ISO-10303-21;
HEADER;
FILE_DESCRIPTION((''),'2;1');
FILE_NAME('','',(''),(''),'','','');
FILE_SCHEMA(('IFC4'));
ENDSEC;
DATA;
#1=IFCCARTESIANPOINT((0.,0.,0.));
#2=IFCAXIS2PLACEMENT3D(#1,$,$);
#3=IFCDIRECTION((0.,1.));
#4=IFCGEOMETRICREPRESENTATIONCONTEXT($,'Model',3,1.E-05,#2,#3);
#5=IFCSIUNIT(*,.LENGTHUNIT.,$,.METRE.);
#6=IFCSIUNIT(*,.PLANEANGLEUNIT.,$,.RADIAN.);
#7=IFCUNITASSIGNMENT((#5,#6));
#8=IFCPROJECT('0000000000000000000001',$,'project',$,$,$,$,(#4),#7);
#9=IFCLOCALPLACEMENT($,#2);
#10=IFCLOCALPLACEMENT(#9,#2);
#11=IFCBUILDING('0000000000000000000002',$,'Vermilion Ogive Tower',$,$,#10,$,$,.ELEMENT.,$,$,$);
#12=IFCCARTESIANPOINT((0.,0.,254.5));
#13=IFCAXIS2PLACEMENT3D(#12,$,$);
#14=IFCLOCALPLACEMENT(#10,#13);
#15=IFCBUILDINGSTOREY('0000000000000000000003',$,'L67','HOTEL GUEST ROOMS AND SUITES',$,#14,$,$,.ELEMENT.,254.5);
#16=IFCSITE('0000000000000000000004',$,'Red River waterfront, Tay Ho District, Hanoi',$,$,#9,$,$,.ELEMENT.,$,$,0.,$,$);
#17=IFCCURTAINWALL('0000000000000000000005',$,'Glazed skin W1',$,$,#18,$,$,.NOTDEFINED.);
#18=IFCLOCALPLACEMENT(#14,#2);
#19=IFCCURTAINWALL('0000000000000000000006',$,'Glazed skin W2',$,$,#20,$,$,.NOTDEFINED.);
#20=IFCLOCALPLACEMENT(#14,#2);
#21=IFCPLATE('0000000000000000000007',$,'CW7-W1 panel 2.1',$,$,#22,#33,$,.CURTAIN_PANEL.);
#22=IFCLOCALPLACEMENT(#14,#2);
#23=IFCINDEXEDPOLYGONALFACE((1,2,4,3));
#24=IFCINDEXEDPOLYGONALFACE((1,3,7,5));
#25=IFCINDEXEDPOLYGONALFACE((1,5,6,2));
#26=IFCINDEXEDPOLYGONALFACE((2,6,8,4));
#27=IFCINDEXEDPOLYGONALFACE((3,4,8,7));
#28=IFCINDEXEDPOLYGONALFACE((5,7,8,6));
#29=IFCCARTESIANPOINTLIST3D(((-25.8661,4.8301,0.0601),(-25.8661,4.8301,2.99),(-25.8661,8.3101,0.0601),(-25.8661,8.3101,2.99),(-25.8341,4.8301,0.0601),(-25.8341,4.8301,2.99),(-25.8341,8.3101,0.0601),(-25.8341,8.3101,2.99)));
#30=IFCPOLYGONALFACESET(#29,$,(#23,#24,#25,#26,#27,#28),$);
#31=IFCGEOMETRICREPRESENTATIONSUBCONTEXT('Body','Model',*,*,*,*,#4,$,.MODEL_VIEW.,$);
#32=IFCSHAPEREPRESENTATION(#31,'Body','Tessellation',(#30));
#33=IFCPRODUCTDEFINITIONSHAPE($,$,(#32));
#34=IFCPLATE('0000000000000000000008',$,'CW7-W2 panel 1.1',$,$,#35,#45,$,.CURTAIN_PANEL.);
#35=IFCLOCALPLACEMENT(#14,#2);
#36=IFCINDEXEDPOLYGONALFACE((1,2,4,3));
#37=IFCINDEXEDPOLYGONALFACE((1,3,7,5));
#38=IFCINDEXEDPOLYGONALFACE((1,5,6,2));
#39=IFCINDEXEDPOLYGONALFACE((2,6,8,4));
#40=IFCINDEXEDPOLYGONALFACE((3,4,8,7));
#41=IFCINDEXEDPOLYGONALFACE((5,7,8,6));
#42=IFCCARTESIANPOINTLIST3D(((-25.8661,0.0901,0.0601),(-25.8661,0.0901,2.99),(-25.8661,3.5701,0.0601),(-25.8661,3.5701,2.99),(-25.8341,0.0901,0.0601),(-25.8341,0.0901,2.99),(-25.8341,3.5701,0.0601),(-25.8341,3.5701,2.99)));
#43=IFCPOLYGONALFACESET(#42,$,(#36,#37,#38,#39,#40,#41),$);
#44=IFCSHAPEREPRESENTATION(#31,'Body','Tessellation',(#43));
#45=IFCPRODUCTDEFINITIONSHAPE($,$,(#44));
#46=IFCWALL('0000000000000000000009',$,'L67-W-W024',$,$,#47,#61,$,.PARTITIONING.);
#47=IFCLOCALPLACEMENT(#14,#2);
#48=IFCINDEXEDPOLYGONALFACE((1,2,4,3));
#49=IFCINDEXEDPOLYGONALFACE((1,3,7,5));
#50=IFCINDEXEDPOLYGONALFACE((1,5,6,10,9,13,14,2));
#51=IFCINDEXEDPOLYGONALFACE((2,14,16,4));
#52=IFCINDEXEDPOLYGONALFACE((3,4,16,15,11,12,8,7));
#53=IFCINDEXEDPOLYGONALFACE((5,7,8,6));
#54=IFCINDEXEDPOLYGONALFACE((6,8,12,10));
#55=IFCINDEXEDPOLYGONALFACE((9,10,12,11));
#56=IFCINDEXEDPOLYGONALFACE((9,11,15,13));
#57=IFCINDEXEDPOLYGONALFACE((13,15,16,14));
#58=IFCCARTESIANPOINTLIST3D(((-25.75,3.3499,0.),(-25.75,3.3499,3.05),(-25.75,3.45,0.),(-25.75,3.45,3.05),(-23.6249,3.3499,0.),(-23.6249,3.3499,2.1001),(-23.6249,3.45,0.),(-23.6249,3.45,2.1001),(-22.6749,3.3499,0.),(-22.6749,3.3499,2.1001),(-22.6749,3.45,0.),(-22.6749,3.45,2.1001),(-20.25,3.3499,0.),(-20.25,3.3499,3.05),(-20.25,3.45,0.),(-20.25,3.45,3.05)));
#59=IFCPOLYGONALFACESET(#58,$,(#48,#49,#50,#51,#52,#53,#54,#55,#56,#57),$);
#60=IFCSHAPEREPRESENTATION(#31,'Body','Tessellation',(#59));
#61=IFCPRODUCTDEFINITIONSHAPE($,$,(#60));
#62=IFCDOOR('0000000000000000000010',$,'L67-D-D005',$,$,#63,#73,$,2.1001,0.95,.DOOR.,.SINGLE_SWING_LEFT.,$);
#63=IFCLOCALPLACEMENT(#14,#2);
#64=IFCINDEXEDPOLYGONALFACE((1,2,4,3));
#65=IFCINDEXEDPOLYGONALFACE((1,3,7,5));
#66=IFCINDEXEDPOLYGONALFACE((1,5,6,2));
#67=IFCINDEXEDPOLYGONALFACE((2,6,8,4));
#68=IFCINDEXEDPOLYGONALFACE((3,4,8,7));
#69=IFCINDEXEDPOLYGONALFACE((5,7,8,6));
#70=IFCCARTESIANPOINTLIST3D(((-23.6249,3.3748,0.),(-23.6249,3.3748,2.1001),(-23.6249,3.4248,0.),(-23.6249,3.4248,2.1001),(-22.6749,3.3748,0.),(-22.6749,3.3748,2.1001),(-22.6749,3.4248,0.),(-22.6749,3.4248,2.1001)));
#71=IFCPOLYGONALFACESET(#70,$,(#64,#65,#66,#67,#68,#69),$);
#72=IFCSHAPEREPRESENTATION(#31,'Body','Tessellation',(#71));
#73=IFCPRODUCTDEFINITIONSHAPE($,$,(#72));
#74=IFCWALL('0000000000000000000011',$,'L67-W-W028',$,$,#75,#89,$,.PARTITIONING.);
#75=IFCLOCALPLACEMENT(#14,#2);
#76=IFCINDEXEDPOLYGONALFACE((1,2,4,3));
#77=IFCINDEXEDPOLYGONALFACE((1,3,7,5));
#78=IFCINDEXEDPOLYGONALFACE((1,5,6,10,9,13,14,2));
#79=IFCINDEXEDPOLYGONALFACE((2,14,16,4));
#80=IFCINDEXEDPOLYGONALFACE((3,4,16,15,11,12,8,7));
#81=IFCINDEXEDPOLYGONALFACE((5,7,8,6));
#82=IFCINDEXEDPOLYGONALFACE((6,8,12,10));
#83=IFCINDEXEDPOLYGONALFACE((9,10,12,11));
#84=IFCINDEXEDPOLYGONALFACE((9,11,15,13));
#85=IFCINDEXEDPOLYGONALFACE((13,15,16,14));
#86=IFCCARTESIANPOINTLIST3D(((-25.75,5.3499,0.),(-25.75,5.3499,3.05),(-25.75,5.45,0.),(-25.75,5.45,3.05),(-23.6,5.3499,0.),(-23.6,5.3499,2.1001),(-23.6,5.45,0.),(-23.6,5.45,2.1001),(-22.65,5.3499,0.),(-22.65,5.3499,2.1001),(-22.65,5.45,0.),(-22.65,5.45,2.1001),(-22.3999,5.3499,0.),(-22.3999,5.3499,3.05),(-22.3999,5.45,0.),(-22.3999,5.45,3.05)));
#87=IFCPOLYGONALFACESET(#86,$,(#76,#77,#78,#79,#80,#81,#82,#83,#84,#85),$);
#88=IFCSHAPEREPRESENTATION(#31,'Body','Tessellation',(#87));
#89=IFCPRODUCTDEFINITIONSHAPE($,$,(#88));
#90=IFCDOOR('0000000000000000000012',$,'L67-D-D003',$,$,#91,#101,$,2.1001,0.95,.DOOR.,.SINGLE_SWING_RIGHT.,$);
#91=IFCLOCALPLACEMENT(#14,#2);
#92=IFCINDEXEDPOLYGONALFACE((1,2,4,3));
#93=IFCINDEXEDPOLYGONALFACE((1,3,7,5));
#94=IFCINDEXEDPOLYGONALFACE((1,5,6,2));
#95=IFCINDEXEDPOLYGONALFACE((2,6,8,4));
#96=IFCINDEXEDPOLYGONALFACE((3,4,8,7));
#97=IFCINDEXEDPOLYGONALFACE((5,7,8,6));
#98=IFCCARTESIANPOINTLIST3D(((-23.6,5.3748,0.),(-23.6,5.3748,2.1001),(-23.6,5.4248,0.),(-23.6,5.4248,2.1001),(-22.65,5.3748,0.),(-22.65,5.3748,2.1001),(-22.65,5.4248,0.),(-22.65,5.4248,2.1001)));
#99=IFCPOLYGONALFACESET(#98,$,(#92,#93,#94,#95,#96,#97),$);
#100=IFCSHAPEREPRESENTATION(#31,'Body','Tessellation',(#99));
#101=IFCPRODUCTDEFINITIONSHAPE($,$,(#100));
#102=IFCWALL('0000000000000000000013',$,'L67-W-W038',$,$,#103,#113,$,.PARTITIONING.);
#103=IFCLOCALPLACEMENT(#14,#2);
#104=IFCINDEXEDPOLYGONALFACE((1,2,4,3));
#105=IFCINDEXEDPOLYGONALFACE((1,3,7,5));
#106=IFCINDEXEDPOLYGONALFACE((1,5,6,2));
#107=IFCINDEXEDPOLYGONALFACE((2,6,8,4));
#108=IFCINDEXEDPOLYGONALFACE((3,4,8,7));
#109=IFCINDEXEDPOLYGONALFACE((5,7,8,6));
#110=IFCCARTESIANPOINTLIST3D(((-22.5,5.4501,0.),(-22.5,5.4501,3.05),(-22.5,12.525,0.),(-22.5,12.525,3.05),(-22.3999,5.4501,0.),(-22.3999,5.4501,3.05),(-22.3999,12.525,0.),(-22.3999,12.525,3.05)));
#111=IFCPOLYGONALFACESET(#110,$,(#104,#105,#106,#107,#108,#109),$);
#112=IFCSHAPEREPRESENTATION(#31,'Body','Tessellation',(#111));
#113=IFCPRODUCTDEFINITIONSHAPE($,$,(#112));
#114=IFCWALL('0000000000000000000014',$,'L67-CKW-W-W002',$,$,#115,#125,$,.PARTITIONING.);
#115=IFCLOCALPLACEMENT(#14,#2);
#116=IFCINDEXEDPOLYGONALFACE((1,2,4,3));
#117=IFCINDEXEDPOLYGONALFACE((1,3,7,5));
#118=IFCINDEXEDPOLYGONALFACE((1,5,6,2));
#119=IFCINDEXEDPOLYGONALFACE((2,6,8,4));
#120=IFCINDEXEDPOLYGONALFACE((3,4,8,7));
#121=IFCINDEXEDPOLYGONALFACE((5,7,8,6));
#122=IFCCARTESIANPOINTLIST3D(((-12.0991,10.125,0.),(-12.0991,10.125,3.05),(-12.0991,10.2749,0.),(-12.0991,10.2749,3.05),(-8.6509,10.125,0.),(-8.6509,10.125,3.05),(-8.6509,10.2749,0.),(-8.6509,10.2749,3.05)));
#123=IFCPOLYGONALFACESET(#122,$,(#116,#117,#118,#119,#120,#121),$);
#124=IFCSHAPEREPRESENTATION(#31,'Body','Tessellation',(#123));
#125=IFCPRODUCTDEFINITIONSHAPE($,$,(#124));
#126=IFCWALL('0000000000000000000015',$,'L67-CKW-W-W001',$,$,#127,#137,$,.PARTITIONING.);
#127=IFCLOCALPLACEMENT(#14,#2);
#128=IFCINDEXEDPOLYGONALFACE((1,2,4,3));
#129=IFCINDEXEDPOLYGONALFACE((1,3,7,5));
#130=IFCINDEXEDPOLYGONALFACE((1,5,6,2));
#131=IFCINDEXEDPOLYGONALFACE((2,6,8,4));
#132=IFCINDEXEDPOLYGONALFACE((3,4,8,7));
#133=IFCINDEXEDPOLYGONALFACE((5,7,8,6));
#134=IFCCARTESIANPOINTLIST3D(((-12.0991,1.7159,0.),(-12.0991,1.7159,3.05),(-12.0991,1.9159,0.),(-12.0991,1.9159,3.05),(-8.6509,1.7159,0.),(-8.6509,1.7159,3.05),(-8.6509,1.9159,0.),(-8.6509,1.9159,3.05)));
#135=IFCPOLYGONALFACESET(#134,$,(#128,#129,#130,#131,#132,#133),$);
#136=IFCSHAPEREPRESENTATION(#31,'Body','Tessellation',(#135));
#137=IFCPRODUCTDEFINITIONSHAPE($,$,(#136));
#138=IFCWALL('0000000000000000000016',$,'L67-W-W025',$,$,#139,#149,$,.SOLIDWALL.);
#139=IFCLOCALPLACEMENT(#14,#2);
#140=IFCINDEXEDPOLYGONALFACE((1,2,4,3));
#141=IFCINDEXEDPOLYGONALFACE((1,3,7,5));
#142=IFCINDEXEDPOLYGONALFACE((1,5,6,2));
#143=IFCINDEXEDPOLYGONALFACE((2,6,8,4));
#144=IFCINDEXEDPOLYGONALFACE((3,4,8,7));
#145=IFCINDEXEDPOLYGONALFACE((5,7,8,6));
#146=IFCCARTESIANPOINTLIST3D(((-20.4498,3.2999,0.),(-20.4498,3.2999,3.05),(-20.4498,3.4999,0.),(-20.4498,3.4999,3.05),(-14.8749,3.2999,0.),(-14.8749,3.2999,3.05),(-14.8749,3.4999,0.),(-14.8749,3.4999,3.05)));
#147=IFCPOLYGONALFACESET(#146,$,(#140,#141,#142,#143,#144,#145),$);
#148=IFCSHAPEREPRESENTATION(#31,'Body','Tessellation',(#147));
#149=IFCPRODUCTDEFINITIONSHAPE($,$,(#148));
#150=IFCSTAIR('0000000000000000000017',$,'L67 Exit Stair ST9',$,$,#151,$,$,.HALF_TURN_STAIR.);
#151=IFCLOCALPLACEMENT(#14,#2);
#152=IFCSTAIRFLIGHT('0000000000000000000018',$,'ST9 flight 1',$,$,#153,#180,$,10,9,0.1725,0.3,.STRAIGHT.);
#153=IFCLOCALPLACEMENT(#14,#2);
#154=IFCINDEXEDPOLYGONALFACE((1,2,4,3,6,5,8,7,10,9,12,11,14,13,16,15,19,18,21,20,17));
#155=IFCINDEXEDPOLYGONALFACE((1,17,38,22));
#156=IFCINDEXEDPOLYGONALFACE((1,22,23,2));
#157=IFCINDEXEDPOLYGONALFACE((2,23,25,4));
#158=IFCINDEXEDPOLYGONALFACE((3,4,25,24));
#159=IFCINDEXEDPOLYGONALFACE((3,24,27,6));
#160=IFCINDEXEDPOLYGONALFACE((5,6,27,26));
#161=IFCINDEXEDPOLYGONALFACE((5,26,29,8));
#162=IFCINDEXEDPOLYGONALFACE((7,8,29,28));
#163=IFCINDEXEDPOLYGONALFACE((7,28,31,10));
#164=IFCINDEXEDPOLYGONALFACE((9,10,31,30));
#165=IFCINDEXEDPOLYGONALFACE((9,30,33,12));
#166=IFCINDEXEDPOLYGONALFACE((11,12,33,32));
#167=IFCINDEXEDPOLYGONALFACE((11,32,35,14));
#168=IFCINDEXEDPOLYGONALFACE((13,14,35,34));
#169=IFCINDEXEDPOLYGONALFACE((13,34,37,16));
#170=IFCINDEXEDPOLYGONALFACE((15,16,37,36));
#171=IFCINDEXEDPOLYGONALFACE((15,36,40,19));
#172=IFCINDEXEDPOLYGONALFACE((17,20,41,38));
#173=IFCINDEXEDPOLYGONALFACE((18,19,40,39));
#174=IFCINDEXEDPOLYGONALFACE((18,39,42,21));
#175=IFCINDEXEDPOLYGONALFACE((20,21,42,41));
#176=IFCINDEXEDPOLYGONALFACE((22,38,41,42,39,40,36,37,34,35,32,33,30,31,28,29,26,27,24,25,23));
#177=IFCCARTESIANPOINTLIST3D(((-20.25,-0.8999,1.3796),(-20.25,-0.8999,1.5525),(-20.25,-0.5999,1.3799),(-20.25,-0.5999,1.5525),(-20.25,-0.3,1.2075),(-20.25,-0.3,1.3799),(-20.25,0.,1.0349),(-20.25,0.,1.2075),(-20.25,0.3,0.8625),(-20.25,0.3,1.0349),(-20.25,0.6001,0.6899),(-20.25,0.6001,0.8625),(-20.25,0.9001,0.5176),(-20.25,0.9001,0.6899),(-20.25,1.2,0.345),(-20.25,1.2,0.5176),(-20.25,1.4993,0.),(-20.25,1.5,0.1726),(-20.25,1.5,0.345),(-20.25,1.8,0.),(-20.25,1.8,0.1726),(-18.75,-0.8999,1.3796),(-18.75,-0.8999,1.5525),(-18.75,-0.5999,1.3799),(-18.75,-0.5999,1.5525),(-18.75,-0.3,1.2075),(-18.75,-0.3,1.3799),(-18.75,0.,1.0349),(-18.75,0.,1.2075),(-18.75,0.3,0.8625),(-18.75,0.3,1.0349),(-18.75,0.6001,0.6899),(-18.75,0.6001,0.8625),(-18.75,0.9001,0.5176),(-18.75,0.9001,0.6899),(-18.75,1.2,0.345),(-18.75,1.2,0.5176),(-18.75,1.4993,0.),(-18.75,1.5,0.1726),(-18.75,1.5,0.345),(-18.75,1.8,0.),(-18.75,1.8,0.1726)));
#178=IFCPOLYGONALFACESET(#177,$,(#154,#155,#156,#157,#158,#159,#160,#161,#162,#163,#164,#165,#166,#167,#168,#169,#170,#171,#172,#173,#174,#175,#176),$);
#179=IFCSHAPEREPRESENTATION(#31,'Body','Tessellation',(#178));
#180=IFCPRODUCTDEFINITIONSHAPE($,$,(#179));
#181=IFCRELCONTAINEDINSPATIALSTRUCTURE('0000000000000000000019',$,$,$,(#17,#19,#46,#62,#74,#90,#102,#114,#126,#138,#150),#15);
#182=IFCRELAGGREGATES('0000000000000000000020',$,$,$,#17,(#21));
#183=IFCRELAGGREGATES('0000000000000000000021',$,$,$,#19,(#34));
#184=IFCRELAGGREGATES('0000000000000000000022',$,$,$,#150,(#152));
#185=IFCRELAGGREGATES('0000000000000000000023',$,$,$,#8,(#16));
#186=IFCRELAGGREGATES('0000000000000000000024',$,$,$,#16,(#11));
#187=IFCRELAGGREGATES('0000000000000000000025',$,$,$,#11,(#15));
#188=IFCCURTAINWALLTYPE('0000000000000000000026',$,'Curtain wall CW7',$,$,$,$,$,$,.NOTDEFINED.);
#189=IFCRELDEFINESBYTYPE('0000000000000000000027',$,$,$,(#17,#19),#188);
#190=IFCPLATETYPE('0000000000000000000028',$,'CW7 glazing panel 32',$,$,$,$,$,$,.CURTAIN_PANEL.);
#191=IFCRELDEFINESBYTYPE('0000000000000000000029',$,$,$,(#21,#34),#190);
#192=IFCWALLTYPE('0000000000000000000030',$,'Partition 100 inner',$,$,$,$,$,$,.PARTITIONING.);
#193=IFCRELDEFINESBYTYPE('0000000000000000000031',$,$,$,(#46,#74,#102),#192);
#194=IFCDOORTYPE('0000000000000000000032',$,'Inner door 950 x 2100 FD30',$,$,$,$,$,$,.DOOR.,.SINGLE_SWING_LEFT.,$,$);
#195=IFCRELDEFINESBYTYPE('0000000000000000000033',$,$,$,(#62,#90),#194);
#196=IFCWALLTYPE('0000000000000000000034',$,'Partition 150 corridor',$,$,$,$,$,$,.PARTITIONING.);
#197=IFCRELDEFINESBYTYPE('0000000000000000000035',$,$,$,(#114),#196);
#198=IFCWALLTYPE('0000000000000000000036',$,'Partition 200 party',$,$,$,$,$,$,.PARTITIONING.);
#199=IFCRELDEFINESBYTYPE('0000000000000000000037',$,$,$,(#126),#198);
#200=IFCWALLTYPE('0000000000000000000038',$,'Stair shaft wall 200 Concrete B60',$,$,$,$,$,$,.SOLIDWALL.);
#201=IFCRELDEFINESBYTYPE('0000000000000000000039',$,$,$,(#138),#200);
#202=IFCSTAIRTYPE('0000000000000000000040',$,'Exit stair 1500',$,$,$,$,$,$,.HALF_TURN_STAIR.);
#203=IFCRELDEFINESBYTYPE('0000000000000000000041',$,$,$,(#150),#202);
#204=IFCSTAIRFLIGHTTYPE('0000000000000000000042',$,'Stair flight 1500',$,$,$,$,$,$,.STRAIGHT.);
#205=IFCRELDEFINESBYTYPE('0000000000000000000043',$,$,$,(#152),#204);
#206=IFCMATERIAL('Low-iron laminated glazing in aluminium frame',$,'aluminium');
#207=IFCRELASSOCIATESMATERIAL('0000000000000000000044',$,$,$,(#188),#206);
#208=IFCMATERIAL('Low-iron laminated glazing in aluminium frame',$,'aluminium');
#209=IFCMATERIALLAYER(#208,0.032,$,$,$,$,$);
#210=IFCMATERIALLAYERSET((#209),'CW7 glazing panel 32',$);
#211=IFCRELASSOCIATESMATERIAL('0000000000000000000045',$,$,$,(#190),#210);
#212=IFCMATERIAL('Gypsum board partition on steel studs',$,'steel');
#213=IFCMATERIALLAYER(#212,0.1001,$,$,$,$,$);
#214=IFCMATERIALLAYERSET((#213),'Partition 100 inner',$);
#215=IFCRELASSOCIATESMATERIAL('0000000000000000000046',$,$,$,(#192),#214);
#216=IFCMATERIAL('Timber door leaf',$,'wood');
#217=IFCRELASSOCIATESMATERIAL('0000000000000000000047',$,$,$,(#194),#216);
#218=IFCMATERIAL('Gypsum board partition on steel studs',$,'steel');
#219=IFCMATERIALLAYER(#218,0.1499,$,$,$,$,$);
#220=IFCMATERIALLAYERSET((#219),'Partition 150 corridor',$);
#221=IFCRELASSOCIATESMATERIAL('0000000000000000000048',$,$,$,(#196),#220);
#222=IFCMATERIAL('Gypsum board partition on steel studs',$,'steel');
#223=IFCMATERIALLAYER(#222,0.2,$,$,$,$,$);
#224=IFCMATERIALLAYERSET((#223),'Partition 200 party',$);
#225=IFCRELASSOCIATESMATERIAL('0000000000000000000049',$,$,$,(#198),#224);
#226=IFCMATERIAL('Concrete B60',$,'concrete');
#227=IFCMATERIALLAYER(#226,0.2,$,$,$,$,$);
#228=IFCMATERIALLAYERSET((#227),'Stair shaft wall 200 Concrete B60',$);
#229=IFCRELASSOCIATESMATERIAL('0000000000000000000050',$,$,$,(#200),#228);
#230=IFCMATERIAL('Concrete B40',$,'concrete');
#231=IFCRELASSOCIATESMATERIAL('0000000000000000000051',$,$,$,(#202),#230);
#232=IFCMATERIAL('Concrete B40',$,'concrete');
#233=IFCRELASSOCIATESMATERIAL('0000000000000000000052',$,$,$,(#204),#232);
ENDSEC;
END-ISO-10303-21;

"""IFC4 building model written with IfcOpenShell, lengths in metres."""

from ifc_helpers import new_model, si_unit, direction, frame, frame_2d, origin, origin_2d, place, context, subcontext, project, spatial, polyline, rectangle, outline, extrude, material, layer, layer_set, type_object, element, fill, aggregate, save


model = new_model("IFC4")

# Units and contexts
model_context = context("Model", 3, precision=1e-05, world=origin(), true_north=direction((0.0, 1.0)))
body_context = subcontext(model_context, "Body", "Model", "MODEL_VIEW")
ifc_project = project(units=[si_unit("LENGTHUNIT", "METRE"), si_unit("PLANEANGLEUNIT", "RADIAN")], contexts=[model_context])

# Site, building, storey
site_placement = place(None, origin())
site = spatial("IfcSite", under=ifc_project, at=site_placement, Name="Red River waterfront, Tay Ho District, Hanoi", CompositionType="ELEMENT", RefElevation=0.0)
building_placement = place(site_placement, origin())
building = spatial("IfcBuilding", under=site, at=building_placement, Name="Vermilion Ogive Tower", CompositionType="ELEMENT")
storey_placement = place(building_placement, frame((0.0, 0.0, 254.5)))
storey = spatial("IfcBuildingStorey", under=building, at=storey_placement, Name="L67", Description="HOTEL GUEST ROOMS AND SUITES", CompositionType="ELEMENT", Elevation=254.5)

# Curtain wall
ifc_material_1 = material(Name="Low-iron laminated glazing in aluminium frame", Category="aluminium")
curtain_wall_type = type_object("IfcCurtainWallType", Name="Curtain wall CW7", PredefinedType="NOTDEFINED", material=ifc_material_1)
curtain_wall_1_placement = place(storey_placement, origin())
curtain_wall_1 = element("IfcCurtainWall", 1, at=curtain_wall_1_placement, inside=storey, type_object=curtain_wall_type, Name="Glazed skin W1", PredefinedType="NOTDEFINED")

# Curtain wall
curtain_wall_2_placement = place(storey_placement, origin())
curtain_wall_2 = element("IfcCurtainWall", 2, at=curtain_wall_2_placement, inside=storey, type_object=curtain_wall_type, Name="Glazed skin W2", PredefinedType="NOTDEFINED")

# Plates
ifc_material_2 = material(Name="Low-iron laminated glazing in aluminium frame", Category="aluminium")
ifc_layer_1 = layer(ifc_material_2, 0.032)
ifc_layer_set_1 = layer_set([ifc_layer_1], Name="CW7 glazing panel 32")
plate_type = type_object("IfcPlateType", Name="CW7 glazing panel 32", PredefinedType="CURTAIN_PANEL", material=ifc_layer_set_1)
plate_1_placement = place(storey_placement, frame((-25.8501, 6.5701, 0.0601), z_axis=(0.0, 0.0, 1.0), x_axis=(0.0, -1.0, 0.0)))
plate_1 = element("IfcPlate", 3, at=plate_1_placement, type_object=plate_type, Name="CW7-W1 panel 2.1", PredefinedType="CURTAIN_PANEL", context=body_context, shape_type="SweptSolid", body=[
    extrude(rectangle(XDim=3.48, YDim=0.032, at=origin_2d()), origin(), (0.0, 0.0, 1.0), 2.9299),
])
aggregate(curtain_wall_1, [plate_1])
plate_2_placement = place(storey_placement, frame((-25.8501, 1.8301, 0.0601), z_axis=(0.0, 0.0, 1.0), x_axis=(0.0, -1.0, 0.0)))
plate_2 = element("IfcPlate", 4, at=plate_2_placement, type_object=plate_type, Name="CW7-W2 panel 1.1", PredefinedType="CURTAIN_PANEL", context=body_context, shape_type="SweptSolid", body=[
    extrude(rectangle(XDim=3.48, YDim=0.032, at=origin_2d()), origin(), (0.0, 0.0, 1.0), 2.9299),
])
aggregate(curtain_wall_2, [plate_2])

# Walls, openings, doors
ifc_material_3 = material(Name="Gypsum board partition on steel studs", Category="steel")
ifc_layer_2 = layer(ifc_material_3, 0.1001)
ifc_layer_set_2 = layer_set([ifc_layer_2], Name="Partition 100 inner")
wall_type_1 = type_object("IfcWallType", Name="Partition 100 inner", PredefinedType="PARTITIONING", material=ifc_layer_set_2)
wall_1_placement = place(storey_placement, frame((-25.75, 3.3999, 0.0), z_axis=(0.0, 0.0, 1.0), x_axis=(1.0, 0.0, 0.0)))
wall_1 = element("IfcWall", 5, at=wall_1_placement, inside=storey, type_object=wall_type_1, Name="L67-W-W024", PredefinedType="PARTITIONING", context=body_context, shape_type="SweptSolid", body=[
    extrude(rectangle(XDim=5.5, YDim=0.1001, at=frame_2d((2.75, 0.0))), origin(), (0.0, 0.0, 1.0), 3.05),
])
opening_1_placement = place(wall_1_placement, frame((2.125, 0.0, 0.0)))
opening_1 = element("IfcOpeningElement", 6, at=opening_1_placement, cuts=wall_1, PredefinedType="OPENING", context=body_context, shape_type="SweptSolid", body=[
    extrude(rectangle(XDim=0.95, YDim=2.1001, at=frame_2d((0.4751, 1.05))), frame((0.0, 0.0601, 0.0), z_axis=(0.0, -1.0, 0.0), x_axis=(1.0, 0.0, 0.0)), (0.0, 0.0, 1.0), 0.1201),
])
ifc_material_4 = material(Name="Timber door leaf", Category="wood")
door_type = type_object("IfcDoorType", Name="Inner door 950 x 2100 FD30", OperationType="SINGLE_SWING_LEFT", PredefinedType="DOOR", material=ifc_material_4)
door_1_placement = place(opening_1_placement, origin())
door_1 = element("IfcDoor", 7, at=door_1_placement, inside=storey, type_object=door_type, Name="L67-D-D005", OperationType="SINGLE_SWING_LEFT", OverallHeight=2.1001, OverallWidth=0.95, PredefinedType="DOOR", context=body_context, shape_type="SweptSolid", body=[
    extrude(rectangle(XDim=0.95, YDim=2.1001, at=frame_2d((0.4751, 1.05))), frame((0.0, 0.0249, 0.0), z_axis=(0.0, -1.0, 0.0), x_axis=(1.0, 0.0, 0.0)), (0.0, 0.0, 1.0), 0.05),
])
fill(opening_1, door_1)
wall_2_placement = place(storey_placement, frame((-25.75, 5.3999, 0.0), z_axis=(0.0, 0.0, 1.0), x_axis=(1.0, 0.0, 0.0)))
wall_2 = element("IfcWall", 8, at=wall_2_placement, inside=storey, type_object=wall_type_1, Name="L67-W-W028", PredefinedType="PARTITIONING", context=body_context, shape_type="SweptSolid", body=[
    extrude(rectangle(XDim=3.3501, YDim=0.1001, at=frame_2d((1.675, 0.0))), origin(), (0.0, 0.0, 1.0), 3.05),
])
opening_2_placement = place(wall_2_placement, frame((2.1499, 0.0, 0.0)))
opening_2 = element("IfcOpeningElement", 9, at=opening_2_placement, cuts=wall_2, PredefinedType="OPENING", context=body_context, shape_type="SweptSolid", body=[
    extrude(rectangle(XDim=0.95, YDim=2.1001, at=frame_2d((0.4751, 1.05))), frame((0.0, 0.0601, 0.0), z_axis=(0.0, -1.0, 0.0), x_axis=(1.0, 0.0, 0.0)), (0.0, 0.0, 1.0), 0.1201),
])
door_2_placement = place(opening_2_placement, origin())
door_2 = element("IfcDoor", 10, at=door_2_placement, inside=storey, type_object=door_type, Name="L67-D-D003", OperationType="SINGLE_SWING_RIGHT", OverallHeight=2.1001, OverallWidth=0.95, PredefinedType="DOOR", context=body_context, shape_type="SweptSolid", body=[
    extrude(rectangle(XDim=0.95, YDim=2.1001, at=frame_2d((0.4751, 1.05))), frame((0.0, 0.0249, 0.0), z_axis=(0.0, -1.0, 0.0), x_axis=(1.0, 0.0, 0.0)), (0.0, 0.0, 1.0), 0.05),
])
fill(opening_2, door_2)

# Walls
wall_3_placement = place(storey_placement, frame((-22.45, 5.45, 0.0), z_axis=(0.0, 0.0, 1.0), x_axis=(0.0, 1.0, 0.0)))
element("IfcWall", 11, at=wall_3_placement, inside=storey, type_object=wall_type_1, Name="L67-W-W038", PredefinedType="PARTITIONING", context=body_context, shape_type="SweptSolid", body=[
    extrude(rectangle(XDim=7.075, YDim=0.1001, at=frame_2d((3.5376, 0.0))), origin(), (0.0, 0.0, 1.0), 3.05),
])
ifc_material_5 = material(Name="Gypsum board partition on steel studs", Category="steel")
ifc_layer_3 = layer(ifc_material_5, 0.1499)
ifc_layer_set_3 = layer_set([ifc_layer_3], Name="Partition 150 corridor")
wall_type_2 = type_object("IfcWallType", Name="Partition 150 corridor", PredefinedType="PARTITIONING", material=ifc_layer_set_3)
wall_4_placement = place(storey_placement, frame((-12.0991, 10.2, 0.0), z_axis=(0.0, 0.0, 1.0), x_axis=(1.0, 0.0, 0.0)))
element("IfcWall", 12, at=wall_4_placement, inside=storey, type_object=wall_type_2, Name="L67-CKW-W-W002", PredefinedType="PARTITIONING", context=body_context, shape_type="SweptSolid", body=[
    extrude(rectangle(XDim=3.4482, YDim=0.1499, at=frame_2d((1.7241, 0.0))), origin(), (0.0, 0.0, 1.0), 3.05),
])
ifc_material_6 = material(Name="Gypsum board partition on steel studs", Category="steel")
ifc_layer_4 = layer(ifc_material_6, 0.2)
ifc_layer_set_4 = layer_set([ifc_layer_4], Name="Partition 200 party")
wall_type_3 = type_object("IfcWallType", Name="Partition 200 party", PredefinedType="PARTITIONING", material=ifc_layer_set_4)
wall_5_placement = place(storey_placement, frame((-12.0991, 1.8159, 0.0), z_axis=(0.0, 0.0, 1.0), x_axis=(1.0, 0.0, 0.0)))
element("IfcWall", 13, at=wall_5_placement, inside=storey, type_object=wall_type_3, Name="L67-CKW-W-W001", PredefinedType="PARTITIONING", context=body_context, shape_type="SweptSolid", body=[
    extrude(rectangle(XDim=3.4482, YDim=0.2, at=frame_2d((1.7241, 0.0))), origin(), (0.0, 0.0, 1.0), 3.05),
])
ifc_material_7 = material(Name="Concrete B60", Category="concrete")
ifc_layer_5 = layer(ifc_material_7, 0.2)
ifc_layer_set_5 = layer_set([ifc_layer_5], Name="Stair shaft wall 200 Concrete B60")
wall_type_4 = type_object("IfcWallType", Name="Stair shaft wall 200 Concrete B60", PredefinedType="SOLIDWALL", material=ifc_layer_set_5)
wall_6_placement = place(storey_placement, frame((-20.45, 3.3999, 0.0), z_axis=(0.0, 0.0, 1.0), x_axis=(1.0, 0.0, 0.0)))
element("IfcWall", 14, at=wall_6_placement, inside=storey, type_object=wall_type_4, Name="L67-W-W025", PredefinedType="SOLIDWALL", context=body_context, shape_type="SweptSolid", body=[
    extrude(rectangle(XDim=5.575, YDim=0.2, at=frame_2d((2.7876, 0.0))), origin(), (0.0, 0.0, 1.0), 3.05),
])

# Stair, stair flight
ifc_material_8 = material(Name="Concrete B40", Category="concrete")
stair_type = type_object("IfcStairType", Name="Exit stair 1500", PredefinedType="HALF_TURN_STAIR", material=ifc_material_8)
stair_placement = place(storey_placement, origin())
stair = element("IfcStair", 15, at=stair_placement, inside=storey, type_object=stair_type, Name="L67 Exit Stair ST9", PredefinedType="HALF_TURN_STAIR")
ifc_material_9 = material(Name="Concrete B40", Category="concrete")
stair_flight_type = type_object("IfcStairFlightType", Name="Stair flight 1500", PredefinedType="STRAIGHT", material=ifc_material_9)
stair_flight_placement = place(storey_placement, frame((-19.5, 1.8, 0.0), z_axis=(0.0, 0.0, 1.0), x_axis=(0.0, -1.0, 0.0)))
stair_flight = element("IfcStairFlight", 16, at=stair_flight_placement, type_object=stair_flight_type, Name="ST9 flight 1", NumberOfRisers=10, NumberOfTreads=9, PredefinedType="STRAIGHT", RiserHeight=0.1725, TreadLength=0.3, context=body_context, shape_type="SweptSolid", body=[
    extrude(outline(polyline([(0.0, 0.0), (0.0, 0.1726), (0.3, 0.1726), (0.3, 0.345), (0.6001, 0.345), (0.6001, 0.5176), (0.8999, 0.5176), (0.8999, 0.6899), (1.2, 0.6899), (1.2, 0.8625), (1.5, 0.8625), (1.5, 1.0349), (1.8, 1.0349), (1.8, 1.2075), (2.1001, 1.2075), (2.1001, 1.3799), (2.3999, 1.3799), (2.3999, 1.5525), (2.7, 1.5525), (2.7, 1.7251), (2.7, 1.3796), (0.3008, 0.0), (0.0, 0.0)])), frame((0.0, 0.75, 0.0), z_axis=(0.0, -1.0, 0.0), x_axis=(1.0, 0.0, 0.0)), (0.0, 0.0, 1.0), 1.5),
])
aggregate(stair, [stair_flight])

save(model, "model.ifc")
